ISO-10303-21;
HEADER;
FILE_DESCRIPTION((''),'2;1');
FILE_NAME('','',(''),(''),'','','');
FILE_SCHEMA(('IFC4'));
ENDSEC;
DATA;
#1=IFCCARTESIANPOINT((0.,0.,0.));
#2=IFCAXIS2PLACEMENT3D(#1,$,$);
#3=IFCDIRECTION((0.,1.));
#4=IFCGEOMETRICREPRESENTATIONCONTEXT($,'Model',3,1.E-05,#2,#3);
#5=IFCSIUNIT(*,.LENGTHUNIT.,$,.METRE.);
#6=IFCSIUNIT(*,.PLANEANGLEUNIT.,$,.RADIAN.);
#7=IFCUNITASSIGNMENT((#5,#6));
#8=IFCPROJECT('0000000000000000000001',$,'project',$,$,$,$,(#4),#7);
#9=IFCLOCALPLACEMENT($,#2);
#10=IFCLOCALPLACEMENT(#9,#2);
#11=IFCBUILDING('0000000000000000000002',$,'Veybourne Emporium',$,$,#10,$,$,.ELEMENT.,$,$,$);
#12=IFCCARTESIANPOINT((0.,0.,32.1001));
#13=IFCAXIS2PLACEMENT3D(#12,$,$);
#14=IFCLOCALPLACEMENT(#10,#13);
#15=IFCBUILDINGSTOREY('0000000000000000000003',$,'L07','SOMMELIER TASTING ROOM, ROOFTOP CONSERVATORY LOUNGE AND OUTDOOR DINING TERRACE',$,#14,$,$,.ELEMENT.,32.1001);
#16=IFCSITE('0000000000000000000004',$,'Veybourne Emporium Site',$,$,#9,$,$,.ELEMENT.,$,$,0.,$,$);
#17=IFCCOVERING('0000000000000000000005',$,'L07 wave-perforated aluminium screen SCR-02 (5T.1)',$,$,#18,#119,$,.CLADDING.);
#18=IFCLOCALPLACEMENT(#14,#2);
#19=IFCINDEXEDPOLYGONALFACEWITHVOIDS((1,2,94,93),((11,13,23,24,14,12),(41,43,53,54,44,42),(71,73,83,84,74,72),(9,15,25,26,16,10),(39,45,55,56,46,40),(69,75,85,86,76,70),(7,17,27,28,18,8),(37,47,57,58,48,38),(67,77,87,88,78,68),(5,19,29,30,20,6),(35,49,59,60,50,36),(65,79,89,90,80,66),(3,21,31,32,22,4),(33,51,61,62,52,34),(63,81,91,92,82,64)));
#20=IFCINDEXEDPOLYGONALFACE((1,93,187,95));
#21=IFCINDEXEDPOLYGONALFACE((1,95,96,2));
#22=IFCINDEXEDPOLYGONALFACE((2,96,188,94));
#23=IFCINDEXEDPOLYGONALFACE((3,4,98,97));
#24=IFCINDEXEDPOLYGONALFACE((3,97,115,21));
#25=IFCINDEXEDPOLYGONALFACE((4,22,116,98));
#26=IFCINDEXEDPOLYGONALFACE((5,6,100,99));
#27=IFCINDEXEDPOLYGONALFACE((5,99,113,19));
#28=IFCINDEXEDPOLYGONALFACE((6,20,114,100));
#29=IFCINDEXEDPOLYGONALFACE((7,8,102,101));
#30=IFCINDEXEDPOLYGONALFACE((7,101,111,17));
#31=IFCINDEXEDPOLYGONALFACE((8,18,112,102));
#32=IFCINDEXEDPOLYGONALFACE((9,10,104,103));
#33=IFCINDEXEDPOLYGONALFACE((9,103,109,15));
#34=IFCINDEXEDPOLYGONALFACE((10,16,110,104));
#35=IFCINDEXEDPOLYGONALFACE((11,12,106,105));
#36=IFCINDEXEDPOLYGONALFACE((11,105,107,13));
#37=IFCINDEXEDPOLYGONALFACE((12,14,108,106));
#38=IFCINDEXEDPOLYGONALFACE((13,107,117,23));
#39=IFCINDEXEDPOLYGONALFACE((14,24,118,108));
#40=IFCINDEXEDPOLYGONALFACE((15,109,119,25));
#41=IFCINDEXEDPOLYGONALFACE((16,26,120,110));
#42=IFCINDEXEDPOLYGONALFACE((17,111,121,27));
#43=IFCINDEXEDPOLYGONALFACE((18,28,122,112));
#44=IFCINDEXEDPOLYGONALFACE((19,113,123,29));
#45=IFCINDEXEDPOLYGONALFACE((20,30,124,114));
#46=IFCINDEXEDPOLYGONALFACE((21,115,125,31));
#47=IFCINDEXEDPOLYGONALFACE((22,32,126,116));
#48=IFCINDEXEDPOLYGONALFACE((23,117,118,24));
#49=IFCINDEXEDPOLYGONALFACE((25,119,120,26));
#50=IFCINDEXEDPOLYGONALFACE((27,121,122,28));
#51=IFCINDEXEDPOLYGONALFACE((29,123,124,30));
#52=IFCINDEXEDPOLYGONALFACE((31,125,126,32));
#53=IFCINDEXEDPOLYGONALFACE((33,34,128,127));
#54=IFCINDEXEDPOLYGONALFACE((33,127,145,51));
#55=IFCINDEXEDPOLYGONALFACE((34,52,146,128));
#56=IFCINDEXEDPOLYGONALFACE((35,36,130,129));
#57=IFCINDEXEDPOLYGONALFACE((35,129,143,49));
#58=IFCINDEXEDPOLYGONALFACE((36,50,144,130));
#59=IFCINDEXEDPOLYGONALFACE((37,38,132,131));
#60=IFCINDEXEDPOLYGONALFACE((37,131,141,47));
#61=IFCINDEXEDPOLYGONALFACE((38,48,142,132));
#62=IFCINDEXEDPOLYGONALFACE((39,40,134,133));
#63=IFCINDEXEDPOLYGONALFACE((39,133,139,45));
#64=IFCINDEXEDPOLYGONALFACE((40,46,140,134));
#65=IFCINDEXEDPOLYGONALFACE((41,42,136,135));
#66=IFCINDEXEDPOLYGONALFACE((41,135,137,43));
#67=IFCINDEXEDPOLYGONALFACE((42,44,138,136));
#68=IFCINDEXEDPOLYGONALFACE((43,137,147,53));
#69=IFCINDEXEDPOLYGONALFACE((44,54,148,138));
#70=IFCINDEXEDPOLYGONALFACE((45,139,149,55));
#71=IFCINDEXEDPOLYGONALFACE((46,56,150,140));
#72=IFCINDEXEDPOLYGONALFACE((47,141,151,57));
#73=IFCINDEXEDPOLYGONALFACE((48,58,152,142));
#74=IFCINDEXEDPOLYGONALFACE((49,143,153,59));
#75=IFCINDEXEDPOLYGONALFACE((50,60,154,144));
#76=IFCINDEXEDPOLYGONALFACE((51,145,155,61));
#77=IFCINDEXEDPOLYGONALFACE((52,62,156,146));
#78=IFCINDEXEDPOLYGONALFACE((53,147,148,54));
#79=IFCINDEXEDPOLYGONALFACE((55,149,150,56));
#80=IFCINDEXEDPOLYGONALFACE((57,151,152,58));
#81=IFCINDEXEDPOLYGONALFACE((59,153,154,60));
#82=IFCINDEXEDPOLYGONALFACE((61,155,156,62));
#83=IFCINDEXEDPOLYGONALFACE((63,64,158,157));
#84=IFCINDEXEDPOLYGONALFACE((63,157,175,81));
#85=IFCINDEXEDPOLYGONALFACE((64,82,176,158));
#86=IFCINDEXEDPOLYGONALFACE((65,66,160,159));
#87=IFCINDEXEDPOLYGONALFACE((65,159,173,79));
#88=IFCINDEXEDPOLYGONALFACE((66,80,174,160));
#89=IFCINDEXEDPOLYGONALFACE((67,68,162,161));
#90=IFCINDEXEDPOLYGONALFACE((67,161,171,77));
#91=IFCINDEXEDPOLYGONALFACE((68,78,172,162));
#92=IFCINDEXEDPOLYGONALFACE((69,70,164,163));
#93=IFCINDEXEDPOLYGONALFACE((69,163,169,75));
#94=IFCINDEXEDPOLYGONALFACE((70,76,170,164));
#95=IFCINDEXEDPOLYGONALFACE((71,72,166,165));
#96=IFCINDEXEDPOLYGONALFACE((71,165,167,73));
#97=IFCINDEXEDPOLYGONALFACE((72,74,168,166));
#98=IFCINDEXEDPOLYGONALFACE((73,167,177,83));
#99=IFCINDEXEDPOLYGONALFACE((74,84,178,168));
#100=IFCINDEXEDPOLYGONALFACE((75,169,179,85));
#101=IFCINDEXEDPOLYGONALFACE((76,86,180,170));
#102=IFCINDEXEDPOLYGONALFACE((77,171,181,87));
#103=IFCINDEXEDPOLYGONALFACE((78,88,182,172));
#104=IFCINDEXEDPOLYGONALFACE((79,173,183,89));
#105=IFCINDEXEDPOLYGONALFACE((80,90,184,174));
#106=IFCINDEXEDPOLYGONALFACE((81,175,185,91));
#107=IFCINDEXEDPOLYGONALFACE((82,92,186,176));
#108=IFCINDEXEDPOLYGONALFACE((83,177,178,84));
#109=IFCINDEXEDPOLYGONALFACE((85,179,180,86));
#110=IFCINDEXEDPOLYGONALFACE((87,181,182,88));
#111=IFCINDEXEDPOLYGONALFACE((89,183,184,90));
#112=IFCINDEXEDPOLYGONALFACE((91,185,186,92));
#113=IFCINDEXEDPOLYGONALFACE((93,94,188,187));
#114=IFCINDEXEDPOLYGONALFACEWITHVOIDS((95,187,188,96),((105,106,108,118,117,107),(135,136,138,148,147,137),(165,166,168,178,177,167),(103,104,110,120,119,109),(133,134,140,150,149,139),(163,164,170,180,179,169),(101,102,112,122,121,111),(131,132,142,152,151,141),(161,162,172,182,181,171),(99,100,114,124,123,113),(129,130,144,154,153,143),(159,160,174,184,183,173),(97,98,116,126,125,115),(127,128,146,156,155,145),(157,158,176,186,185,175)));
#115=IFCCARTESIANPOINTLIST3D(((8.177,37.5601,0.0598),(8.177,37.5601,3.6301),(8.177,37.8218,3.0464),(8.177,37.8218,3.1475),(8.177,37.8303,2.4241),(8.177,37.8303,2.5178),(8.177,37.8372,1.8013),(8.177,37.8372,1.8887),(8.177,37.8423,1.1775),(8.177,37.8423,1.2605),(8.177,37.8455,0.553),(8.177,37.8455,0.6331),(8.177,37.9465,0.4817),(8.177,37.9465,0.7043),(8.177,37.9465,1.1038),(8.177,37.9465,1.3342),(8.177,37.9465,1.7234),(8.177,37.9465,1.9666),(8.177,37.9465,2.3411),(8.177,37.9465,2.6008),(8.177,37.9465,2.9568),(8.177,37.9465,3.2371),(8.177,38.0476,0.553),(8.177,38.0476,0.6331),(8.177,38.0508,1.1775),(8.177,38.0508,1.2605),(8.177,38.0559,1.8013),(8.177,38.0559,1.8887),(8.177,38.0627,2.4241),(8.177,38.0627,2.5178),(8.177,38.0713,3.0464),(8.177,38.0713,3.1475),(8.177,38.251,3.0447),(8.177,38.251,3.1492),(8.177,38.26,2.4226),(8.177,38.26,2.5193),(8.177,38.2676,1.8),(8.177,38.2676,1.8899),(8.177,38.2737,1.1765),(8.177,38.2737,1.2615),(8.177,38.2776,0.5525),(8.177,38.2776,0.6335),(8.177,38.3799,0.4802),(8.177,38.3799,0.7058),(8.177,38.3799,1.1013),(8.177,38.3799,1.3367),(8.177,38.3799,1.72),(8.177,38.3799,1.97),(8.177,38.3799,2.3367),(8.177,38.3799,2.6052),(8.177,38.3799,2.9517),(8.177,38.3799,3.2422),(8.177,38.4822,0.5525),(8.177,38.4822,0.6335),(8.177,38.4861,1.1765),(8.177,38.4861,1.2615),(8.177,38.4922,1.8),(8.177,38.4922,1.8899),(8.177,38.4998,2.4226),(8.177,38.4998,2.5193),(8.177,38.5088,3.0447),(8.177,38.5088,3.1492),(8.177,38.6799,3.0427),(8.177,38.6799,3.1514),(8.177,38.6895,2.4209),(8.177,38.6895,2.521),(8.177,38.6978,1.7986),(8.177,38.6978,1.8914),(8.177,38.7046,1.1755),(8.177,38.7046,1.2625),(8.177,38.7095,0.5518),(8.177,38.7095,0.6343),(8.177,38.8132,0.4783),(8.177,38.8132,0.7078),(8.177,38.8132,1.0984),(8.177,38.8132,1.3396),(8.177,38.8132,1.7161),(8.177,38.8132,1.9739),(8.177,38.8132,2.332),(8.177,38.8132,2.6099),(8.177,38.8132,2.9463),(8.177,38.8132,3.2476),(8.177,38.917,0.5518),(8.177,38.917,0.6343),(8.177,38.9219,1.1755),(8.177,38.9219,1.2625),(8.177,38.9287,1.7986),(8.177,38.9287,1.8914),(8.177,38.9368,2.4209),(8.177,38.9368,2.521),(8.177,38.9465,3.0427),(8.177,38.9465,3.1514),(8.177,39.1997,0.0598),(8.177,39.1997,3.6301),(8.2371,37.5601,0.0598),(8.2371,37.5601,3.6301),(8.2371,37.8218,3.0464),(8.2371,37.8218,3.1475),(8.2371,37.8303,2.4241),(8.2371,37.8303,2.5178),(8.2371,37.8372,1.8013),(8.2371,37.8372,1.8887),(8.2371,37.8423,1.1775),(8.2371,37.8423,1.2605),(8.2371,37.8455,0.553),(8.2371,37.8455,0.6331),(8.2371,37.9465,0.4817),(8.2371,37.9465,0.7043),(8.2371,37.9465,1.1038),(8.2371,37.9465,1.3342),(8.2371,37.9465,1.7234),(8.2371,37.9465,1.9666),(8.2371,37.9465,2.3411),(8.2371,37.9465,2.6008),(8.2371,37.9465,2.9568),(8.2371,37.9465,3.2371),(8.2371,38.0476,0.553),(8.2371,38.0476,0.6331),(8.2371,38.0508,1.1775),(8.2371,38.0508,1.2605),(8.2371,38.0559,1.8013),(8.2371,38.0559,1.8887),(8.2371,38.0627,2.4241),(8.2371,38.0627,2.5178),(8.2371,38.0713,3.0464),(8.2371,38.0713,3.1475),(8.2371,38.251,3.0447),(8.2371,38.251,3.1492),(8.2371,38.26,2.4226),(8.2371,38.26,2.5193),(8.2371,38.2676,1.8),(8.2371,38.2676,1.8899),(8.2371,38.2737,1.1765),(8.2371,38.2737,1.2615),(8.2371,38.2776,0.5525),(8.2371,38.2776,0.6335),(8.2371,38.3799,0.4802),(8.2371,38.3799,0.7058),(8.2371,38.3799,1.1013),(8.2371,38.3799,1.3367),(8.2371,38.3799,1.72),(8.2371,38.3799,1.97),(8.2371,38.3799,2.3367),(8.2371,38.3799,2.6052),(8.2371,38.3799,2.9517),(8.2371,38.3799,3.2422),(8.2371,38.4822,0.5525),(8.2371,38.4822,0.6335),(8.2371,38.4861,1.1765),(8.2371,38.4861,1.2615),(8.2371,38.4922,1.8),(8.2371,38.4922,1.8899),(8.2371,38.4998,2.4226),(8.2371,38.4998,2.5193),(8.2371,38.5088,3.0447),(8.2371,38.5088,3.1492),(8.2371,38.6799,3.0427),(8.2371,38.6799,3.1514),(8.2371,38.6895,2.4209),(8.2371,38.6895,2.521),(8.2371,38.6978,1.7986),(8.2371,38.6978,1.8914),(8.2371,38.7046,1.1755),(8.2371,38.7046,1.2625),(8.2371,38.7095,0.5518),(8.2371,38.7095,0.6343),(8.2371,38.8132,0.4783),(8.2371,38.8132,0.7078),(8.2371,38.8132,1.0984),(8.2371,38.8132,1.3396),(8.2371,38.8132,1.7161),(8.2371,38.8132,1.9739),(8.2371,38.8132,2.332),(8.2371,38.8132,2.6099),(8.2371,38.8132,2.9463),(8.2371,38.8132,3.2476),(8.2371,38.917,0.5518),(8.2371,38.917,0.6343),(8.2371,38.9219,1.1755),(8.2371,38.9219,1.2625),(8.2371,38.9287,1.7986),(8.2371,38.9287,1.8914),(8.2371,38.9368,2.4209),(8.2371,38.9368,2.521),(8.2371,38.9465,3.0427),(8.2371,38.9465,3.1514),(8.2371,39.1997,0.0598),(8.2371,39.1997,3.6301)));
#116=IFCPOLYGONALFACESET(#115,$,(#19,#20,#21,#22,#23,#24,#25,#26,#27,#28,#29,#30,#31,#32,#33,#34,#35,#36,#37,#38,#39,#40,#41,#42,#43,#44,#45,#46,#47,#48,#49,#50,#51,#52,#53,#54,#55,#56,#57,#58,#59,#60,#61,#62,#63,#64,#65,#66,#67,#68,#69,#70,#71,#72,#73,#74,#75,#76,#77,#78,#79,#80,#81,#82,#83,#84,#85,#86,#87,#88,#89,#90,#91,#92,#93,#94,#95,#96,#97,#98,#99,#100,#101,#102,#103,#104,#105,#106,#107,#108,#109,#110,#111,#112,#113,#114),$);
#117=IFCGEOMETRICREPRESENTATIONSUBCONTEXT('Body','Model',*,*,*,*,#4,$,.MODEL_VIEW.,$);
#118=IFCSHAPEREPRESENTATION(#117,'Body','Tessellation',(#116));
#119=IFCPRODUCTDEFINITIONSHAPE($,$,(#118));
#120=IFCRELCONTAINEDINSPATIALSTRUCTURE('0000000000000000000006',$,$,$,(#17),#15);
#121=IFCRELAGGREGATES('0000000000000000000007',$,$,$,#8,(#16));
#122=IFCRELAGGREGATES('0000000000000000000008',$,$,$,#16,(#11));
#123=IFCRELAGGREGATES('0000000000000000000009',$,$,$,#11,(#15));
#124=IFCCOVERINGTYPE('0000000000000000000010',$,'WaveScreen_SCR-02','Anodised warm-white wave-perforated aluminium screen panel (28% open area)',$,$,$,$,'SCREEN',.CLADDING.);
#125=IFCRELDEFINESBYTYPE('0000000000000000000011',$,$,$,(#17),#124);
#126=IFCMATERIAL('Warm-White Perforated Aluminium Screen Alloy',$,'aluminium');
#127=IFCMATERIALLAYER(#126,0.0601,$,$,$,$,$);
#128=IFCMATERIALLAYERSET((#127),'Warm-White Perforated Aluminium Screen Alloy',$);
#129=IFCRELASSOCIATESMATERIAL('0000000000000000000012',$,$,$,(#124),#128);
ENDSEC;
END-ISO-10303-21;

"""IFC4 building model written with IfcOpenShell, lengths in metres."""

from ifc_helpers import new_model, si_unit, direction, frame, origin, place, context, subcontext, project, spatial, polyline, outline, extrude, material, layer, layer_set, type_object, element, save


model = new_model("IFC4")

# Units and contexts
model_context = context("Model", 3, precision=1e-05, world=origin(), true_north=direction((0.0, 1.0)))
body_context = subcontext(model_context, "Body", "Model", "MODEL_VIEW")
ifc_project = project(units=[si_unit("LENGTHUNIT", "METRE"), si_unit("PLANEANGLEUNIT", "RADIAN")], contexts=[model_context])

# Site, building, storey
site_placement = place(None, origin())
site = spatial("IfcSite", under=ifc_project, at=site_placement, Name="Veybourne Emporium Site", CompositionType="ELEMENT", RefElevation=0.0)
building_placement = place(site_placement, origin())
building = spatial("IfcBuilding", under=site, at=building_placement, Name="Veybourne Emporium", CompositionType="ELEMENT")
storey_placement = place(building_placement, frame((0.0, 0.0, 32.1001)))
storey = spatial("IfcBuildingStorey", under=building, at=storey_placement, Name="L07", Description="SOMMELIER TASTING ROOM, ROOFTOP CONSERVATORY LOUNGE AND OUTDOOR DINING TERRACE", CompositionType="ELEMENT", Elevation=32.1001)

# Covering
ifc_material_1 = material(Name="Warm-White Perforated Aluminium Screen Alloy", Category="aluminium")
ifc_layer_1 = layer(ifc_material_1, 0.0601)
ifc_layer_set_1 = layer_set([ifc_layer_1], Name="Warm-White Perforated Aluminium Screen Alloy")
covering_type = type_object("IfcCoveringType", Name="WaveScreen_SCR-02", Description="Anodised warm-white wave-perforated aluminium screen panel (28% open area)", ElementType="SCREEN", PredefinedType="CLADDING", material=ifc_layer_set_1)
covering_placement = place(storey_placement, frame((8.177, 38.3799, 1.845), z_axis=(1.0, 0.0, 0.0), x_axis=(0.0, 1.0, 0.0)))
element("IfcCovering", 1, at=covering_placement, inside=storey, type_object=covering_type, Name="L07 wave-perforated aluminium screen SCR-02 (5T.1)", PredefinedType="CLADDING", context=body_context, shape_type="SweptSolid", body=[
    extrude(outline(polyline([(-0.8198, -1.7852), (0.8198, -1.7852), (0.8198, 1.7852), (-0.8198, 1.7852), (-0.8198, -1.7852)]), holes=[polyline([(-0.4333, -1.1406), (-0.3323, -1.2119), (-0.3323, -1.292), (-0.4333, -1.3633), (-0.5344, -1.292), (-0.5344, -1.2119), (-0.4333, -1.1406)]), polyline([(-0.4333, -0.5107), (-0.3291, -0.5845), (-0.3291, -0.6675), (-0.4333, -0.7412), (-0.5376, -0.6675), (-0.5376, -0.5845), (-0.4333, -0.5107)]), polyline([(-0.4333, 0.1216), (-0.324, 0.0437), (-0.324, -0.0437), (-0.4333, -0.1216), (-0.5427, -0.0437), (-0.5427, 0.0437), (-0.4333, 0.1216)]), polyline([(-0.4333, 0.7559), (-0.3171, 0.6729), (-0.3171, 0.5791), (-0.4333, 0.4961), (-0.5496, 0.5791), (-0.5496, 0.6729), (-0.4333, 0.7559)]), polyline([(-0.4333, 1.3921), (-0.3086, 1.3025), (-0.3086, 1.2014), (-0.4333, 1.1118), (-0.5581, 1.2014), (-0.5581, 1.3025), (-0.4333, 1.3921)]), polyline([(0.0, -1.1392), (0.1023, -1.2114), (0.1023, -1.2925), (0.0, -1.3647), (-0.1023, -1.2925), (-0.1023, -1.2114), (0.0, -1.1392)]), polyline([(0.0, -0.5083), (0.1062, -0.5835), (0.1062, -0.6685), (0.0, -0.7437), (-0.1062, -0.6685), (-0.1062, -0.5835), (0.0, -0.5083)]), polyline([(0.0, 0.125), (0.1123, 0.0449), (0.1123, -0.0449), (0.0, -0.125), (-0.1123, -0.0449), (-0.1123, 0.0449), (0.0, 0.125)]), polyline([(0.0, 0.7603), (0.1199, 0.6743), (0.1199, 0.5776), (0.0, 0.4917), (-0.1199, 0.5776), (-0.1199, 0.6743), (0.0, 0.7603)]), polyline([(0.0, 1.3972), (0.1289, 1.3042), (0.1289, 1.1997), (0.0, 1.1067), (-0.1289, 1.1997), (-0.1289, 1.3042), (0.0, 1.3972)]), polyline([(0.4333, -1.1372), (0.5371, -1.2107), (0.5371, -1.2932), (0.4333, -1.3667), (0.3296, -1.2932), (0.3296, -1.2107), (0.4333, -1.1372)]), polyline([(0.4333, -0.5054), (0.542, -0.5825), (0.542, -0.6694), (0.4333, -0.7466), (0.3247, -0.6694), (0.3247, -0.5825), (0.4333, -0.5054)]), polyline([(0.4333, 0.1289), (0.5488, 0.0464), (0.5488, -0.0464), (0.4333, -0.1289), (0.3179, -0.0464), (0.3179, 0.0464), (0.4333, 0.1289)]), polyline([(0.4333, 0.7649), (0.5569, 0.676), (0.5569, 0.5759), (0.4333, 0.4871), (0.3096, 0.5759), (0.3096, 0.676), (0.4333, 0.7649)]), polyline([(0.4333, 1.4026), (0.5667, 1.3064), (0.5667, 1.1978), (0.4333, 1.1013), (0.3, 1.1978), (0.3, 1.3064), (0.4333, 1.4026)])]), origin(), (0.0, 0.0, 1.0), 0.0601),
])

save(model, "model.ifc")
